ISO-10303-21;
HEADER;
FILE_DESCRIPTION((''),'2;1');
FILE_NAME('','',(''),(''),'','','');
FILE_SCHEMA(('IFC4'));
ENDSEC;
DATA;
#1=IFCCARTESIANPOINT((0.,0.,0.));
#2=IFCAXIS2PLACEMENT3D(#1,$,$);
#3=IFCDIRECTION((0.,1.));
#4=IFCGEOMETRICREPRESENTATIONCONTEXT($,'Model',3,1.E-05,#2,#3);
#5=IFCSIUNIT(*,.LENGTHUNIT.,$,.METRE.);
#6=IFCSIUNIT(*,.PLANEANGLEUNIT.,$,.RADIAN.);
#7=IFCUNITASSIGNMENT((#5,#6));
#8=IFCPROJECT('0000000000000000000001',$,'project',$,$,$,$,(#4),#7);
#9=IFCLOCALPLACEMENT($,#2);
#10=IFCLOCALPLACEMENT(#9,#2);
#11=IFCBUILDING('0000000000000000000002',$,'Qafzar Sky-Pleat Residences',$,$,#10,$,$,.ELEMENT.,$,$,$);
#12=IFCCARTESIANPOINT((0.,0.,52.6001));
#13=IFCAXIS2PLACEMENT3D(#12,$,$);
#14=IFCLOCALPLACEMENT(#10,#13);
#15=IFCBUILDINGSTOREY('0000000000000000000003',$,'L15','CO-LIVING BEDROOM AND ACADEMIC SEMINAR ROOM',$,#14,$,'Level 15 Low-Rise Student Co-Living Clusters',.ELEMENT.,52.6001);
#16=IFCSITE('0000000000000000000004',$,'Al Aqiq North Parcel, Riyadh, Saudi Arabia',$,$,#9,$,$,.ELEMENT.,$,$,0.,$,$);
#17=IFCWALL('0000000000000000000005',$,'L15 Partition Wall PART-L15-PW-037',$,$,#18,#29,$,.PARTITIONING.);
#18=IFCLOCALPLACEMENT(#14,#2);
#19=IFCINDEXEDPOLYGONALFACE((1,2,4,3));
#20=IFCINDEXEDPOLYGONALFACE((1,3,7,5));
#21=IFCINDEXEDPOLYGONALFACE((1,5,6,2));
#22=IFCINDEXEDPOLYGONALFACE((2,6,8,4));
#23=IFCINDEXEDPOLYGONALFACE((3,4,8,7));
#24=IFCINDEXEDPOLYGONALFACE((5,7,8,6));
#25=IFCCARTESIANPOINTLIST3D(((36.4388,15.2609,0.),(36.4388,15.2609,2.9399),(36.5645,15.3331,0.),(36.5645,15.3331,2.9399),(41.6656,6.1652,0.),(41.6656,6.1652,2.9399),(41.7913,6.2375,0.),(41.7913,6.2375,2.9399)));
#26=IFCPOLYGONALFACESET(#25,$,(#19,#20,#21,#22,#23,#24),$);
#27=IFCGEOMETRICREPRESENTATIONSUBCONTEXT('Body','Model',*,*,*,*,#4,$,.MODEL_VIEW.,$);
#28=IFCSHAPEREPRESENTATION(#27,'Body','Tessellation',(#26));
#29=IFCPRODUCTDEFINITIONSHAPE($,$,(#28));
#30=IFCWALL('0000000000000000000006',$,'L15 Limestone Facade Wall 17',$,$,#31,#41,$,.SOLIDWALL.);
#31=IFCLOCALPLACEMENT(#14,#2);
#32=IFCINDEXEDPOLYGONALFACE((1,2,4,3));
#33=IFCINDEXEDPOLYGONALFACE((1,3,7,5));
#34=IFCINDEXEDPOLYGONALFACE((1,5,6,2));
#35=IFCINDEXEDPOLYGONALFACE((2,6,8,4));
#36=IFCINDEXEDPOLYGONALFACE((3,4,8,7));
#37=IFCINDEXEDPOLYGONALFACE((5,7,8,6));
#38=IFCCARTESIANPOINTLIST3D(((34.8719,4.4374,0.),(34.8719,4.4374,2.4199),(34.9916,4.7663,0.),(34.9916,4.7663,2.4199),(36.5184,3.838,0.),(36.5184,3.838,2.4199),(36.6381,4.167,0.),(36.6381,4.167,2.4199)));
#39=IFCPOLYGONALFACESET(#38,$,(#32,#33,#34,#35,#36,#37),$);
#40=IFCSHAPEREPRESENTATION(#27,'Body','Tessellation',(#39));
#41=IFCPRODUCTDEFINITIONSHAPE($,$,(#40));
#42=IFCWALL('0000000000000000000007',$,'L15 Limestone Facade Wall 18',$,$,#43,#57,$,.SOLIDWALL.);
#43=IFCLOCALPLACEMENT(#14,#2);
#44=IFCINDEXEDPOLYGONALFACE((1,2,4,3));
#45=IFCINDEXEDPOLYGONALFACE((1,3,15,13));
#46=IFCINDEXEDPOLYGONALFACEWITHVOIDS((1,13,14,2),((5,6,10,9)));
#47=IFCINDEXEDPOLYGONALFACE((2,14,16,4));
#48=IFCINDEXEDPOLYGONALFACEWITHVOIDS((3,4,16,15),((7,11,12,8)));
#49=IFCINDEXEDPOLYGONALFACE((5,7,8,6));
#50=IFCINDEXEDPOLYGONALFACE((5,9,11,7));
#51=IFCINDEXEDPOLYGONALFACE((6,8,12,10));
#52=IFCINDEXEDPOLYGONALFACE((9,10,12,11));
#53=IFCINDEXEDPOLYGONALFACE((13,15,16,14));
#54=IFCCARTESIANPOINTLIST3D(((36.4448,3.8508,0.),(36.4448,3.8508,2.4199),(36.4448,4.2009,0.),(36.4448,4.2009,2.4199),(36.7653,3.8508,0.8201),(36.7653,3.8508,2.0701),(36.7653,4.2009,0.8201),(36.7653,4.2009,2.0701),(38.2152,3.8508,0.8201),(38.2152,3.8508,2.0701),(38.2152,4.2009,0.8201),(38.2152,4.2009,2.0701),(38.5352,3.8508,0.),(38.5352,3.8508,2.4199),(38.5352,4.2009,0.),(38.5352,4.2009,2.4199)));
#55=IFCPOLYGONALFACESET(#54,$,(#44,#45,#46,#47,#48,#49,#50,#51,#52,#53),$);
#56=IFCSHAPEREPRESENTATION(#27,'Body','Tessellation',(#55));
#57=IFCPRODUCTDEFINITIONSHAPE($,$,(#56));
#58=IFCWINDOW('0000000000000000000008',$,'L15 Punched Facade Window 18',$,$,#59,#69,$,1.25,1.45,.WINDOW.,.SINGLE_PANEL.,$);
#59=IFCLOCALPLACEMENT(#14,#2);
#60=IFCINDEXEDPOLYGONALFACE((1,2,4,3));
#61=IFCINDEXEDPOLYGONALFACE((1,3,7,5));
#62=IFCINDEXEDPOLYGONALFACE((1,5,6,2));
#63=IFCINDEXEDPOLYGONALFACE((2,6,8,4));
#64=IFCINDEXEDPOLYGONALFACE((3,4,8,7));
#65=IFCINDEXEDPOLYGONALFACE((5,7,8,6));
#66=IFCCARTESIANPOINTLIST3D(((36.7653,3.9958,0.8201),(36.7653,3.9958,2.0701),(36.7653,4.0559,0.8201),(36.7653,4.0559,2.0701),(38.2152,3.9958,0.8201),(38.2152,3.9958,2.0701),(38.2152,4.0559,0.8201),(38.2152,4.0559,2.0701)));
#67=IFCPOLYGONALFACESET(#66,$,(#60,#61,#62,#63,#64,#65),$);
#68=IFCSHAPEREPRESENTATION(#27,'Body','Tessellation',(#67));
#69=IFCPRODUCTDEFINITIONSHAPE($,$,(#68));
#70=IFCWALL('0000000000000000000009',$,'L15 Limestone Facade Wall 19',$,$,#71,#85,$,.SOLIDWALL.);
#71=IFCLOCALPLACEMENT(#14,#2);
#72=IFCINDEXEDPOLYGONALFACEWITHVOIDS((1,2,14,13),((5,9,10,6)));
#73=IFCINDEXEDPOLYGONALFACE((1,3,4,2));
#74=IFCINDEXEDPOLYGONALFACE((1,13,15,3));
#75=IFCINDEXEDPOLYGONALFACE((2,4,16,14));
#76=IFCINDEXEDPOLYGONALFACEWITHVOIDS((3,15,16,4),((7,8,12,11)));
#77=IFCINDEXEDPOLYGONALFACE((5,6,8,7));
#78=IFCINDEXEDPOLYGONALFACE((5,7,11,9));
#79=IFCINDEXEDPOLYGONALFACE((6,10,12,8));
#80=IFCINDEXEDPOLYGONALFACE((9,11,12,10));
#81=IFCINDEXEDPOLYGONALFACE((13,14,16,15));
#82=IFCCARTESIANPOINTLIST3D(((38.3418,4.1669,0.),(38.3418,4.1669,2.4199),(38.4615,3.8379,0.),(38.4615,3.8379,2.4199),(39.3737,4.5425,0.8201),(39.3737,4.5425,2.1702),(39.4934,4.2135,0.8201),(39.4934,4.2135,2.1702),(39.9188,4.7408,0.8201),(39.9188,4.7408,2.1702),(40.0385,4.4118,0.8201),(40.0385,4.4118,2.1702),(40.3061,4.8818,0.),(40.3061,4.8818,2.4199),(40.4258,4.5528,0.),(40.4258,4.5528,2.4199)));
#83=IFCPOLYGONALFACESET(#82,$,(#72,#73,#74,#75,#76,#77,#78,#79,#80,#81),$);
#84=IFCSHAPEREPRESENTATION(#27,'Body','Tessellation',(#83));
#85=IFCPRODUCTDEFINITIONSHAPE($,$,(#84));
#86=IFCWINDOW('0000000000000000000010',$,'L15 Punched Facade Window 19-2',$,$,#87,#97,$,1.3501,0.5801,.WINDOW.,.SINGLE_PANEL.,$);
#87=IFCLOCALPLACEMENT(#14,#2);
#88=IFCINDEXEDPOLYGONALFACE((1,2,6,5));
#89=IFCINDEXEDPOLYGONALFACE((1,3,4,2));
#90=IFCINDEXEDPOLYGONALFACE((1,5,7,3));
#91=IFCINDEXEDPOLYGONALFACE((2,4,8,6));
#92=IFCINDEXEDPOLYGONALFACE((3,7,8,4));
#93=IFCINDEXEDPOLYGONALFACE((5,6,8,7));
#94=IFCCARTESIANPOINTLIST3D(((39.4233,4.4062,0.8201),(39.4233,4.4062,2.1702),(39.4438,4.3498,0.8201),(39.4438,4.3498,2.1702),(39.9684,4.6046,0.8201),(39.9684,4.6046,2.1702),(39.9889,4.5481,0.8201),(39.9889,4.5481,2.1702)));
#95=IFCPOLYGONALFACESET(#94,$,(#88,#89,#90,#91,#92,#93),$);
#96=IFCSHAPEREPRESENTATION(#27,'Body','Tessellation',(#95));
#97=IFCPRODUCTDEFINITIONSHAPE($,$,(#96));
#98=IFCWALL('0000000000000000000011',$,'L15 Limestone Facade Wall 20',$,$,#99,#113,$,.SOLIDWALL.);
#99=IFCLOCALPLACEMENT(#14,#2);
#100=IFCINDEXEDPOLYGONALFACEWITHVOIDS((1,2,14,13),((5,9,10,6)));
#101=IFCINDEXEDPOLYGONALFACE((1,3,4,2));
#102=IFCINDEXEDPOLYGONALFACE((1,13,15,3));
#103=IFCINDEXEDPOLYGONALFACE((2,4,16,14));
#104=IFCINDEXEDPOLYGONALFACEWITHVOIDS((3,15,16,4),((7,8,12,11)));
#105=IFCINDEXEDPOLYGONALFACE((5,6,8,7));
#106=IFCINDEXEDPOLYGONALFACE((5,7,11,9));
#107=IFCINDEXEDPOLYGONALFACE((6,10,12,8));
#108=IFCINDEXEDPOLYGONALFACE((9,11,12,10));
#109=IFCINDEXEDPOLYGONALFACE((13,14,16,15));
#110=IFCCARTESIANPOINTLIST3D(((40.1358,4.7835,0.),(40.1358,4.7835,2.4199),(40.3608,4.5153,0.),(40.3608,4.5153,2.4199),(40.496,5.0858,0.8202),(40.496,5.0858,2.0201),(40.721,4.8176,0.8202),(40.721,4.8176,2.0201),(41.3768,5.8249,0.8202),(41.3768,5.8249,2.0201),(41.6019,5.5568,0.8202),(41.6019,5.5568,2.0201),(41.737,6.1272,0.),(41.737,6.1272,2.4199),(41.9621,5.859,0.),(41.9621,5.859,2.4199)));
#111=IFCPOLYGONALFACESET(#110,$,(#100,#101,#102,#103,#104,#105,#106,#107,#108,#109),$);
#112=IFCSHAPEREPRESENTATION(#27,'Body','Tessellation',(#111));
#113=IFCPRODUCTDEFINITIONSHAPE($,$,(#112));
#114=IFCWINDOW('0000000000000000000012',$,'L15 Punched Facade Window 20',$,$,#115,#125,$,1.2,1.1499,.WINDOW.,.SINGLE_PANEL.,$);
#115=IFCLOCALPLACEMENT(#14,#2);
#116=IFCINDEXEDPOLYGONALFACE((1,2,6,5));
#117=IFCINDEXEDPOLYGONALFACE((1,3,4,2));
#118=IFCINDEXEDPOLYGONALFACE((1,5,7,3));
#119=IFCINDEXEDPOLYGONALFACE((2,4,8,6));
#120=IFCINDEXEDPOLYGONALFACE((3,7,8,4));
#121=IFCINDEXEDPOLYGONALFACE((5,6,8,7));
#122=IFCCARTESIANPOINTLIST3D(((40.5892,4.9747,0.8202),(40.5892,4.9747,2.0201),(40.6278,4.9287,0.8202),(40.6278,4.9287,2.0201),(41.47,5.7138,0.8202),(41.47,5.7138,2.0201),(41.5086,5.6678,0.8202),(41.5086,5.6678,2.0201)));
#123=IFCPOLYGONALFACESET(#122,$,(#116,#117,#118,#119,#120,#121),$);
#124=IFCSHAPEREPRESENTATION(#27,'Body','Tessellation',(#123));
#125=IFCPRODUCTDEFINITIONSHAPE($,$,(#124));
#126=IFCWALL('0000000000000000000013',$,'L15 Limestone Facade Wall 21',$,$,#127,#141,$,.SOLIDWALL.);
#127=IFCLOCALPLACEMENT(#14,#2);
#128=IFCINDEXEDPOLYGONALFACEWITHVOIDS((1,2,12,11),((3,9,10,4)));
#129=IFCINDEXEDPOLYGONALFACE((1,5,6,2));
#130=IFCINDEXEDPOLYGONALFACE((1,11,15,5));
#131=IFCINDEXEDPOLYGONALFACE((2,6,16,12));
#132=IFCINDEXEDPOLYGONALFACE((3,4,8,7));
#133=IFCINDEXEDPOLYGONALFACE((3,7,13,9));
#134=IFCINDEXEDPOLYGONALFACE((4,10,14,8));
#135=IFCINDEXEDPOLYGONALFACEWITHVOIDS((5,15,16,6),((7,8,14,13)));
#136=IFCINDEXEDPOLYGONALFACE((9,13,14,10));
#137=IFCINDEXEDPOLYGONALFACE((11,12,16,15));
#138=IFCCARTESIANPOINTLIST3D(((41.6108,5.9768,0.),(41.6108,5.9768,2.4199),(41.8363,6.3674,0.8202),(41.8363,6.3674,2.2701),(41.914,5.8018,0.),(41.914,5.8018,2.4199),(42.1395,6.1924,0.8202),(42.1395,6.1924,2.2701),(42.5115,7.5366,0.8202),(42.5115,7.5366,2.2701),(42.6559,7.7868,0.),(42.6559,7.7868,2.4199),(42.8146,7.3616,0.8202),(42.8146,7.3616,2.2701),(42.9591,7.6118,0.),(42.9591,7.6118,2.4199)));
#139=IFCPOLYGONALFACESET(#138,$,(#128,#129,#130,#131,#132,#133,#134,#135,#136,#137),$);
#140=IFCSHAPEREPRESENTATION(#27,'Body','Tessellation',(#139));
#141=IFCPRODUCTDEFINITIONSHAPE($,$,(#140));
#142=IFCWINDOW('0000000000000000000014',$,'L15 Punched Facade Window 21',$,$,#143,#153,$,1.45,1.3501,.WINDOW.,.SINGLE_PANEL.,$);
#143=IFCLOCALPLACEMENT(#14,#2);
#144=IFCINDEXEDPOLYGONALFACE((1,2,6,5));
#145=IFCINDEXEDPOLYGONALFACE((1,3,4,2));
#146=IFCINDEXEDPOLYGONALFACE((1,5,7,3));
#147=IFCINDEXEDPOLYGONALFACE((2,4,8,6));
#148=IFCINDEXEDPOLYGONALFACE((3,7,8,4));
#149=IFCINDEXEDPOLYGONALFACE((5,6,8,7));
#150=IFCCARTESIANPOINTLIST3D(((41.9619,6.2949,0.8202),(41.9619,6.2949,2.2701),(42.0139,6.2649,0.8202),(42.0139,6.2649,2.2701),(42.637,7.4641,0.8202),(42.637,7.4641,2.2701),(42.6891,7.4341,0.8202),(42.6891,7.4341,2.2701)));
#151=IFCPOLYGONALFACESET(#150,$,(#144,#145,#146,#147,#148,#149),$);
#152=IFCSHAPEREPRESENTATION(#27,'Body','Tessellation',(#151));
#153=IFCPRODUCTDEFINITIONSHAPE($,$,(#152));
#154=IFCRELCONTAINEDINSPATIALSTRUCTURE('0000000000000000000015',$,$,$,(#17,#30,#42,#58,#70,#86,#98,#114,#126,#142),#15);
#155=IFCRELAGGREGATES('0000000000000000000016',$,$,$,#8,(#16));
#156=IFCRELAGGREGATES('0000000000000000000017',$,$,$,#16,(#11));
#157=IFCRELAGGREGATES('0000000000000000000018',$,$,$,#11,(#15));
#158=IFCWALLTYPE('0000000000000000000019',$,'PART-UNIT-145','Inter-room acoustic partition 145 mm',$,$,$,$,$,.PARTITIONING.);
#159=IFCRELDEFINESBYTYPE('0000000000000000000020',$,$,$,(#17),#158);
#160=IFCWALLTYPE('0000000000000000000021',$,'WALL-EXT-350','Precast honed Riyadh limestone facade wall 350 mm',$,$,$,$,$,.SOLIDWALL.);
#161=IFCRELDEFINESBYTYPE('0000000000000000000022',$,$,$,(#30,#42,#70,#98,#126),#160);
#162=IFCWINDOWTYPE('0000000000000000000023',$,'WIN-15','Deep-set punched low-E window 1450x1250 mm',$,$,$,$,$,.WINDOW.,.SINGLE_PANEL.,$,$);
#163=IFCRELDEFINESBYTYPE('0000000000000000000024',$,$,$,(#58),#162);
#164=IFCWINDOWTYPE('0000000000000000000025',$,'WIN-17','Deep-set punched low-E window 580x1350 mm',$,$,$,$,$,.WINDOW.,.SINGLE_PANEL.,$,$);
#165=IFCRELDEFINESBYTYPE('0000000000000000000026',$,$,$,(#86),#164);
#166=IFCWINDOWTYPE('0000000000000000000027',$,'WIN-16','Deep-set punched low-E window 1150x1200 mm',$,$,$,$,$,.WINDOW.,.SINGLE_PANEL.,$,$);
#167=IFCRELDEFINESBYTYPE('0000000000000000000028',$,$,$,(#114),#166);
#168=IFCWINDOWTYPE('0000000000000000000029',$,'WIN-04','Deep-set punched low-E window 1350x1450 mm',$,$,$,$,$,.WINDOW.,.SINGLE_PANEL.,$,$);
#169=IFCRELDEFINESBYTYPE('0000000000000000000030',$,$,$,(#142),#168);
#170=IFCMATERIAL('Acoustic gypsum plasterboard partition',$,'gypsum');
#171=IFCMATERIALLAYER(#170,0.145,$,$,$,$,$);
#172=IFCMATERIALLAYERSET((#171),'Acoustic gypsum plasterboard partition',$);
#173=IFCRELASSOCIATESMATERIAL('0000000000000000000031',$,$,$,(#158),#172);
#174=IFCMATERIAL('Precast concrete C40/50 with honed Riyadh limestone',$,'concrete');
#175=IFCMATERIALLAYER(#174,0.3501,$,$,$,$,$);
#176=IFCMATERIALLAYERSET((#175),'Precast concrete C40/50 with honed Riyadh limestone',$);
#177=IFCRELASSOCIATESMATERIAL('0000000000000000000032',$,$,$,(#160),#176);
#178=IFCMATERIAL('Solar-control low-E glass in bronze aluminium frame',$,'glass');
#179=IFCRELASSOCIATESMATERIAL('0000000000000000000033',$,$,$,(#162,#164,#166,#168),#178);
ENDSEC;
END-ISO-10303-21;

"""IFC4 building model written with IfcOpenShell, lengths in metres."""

from ifc_helpers import new_model, si_unit, direction, frame, frame_2d, origin, place, context, subcontext, project, spatial, rectangle, extrude, source, transform, mapped, material, layer, layer_set, type_object, element, fill, save


model = new_model("IFC4")

# Units and contexts
model_context = context("Model", 3, precision=1e-05, world=origin(), true_north=direction((0.0, 1.0)))
body_context = subcontext(model_context, "Body", "Model", "MODEL_VIEW")
ifc_project = project(units=[si_unit("LENGTHUNIT", "METRE"), si_unit("PLANEANGLEUNIT", "RADIAN")], contexts=[model_context])

# Site, building, storey
site_placement = place(None, origin())
site = spatial("IfcSite", under=ifc_project, at=site_placement, Name="Al Aqiq North Parcel, Riyadh, Saudi Arabia", CompositionType="ELEMENT", RefElevation=0.0)
building_placement = place(site_placement, origin())
building = spatial("IfcBuilding", under=site, at=building_placement, Name="Qafzar Sky-Pleat Residences", CompositionType="ELEMENT")
storey_placement = place(building_placement, frame((0.0, 0.0, 52.6001)))
storey = spatial("IfcBuildingStorey", under=building, at=storey_placement, Name="L15", Description="CO-LIVING BEDROOM AND ACADEMIC SEMINAR ROOM", LongName="Level 15 Low-Rise Student Co-Living Clusters", CompositionType="ELEMENT", Elevation=52.6001)

# Shared definitions
ifc_material_1 = material(Name="Acoustic gypsum plasterboard partition", Category="gypsum")

# Walls
ifc_layer_1 = layer(ifc_material_1, 0.145)
ifc_layer_set_1 = layer_set([ifc_layer_1], Name="Acoustic gypsum plasterboard partition")
wall_type_1 = type_object("IfcWallType", Name="PART-UNIT-145", Description="Inter-room acoustic partition 145 mm", PredefinedType="PARTITIONING", material=ifc_layer_set_1)
wall_1_placement = place(storey_placement, frame((36.5017, 15.2969, 0.0), z_axis=(0.0, 0.0, 1.0), x_axis=(0.49824, -0.867039, 0.0)))
element("IfcWall", 1, at=wall_1_placement, inside=storey, type_object=wall_type_1, Name="L15 Partition Wall PART-L15-PW-037", PredefinedType="PARTITIONING", context=body_context, shape_type="SweptSolid", body=[
    extrude(rectangle(XDim=10.4905, YDim=0.145, at=frame_2d((5.2451, 0.0))), origin(), (0.0, 0.0, 1.0), 2.9399),
])
ifc_material_2 = material(Name="Precast concrete C40/50 with honed Riyadh limestone", Category="concrete")
ifc_layer_2 = layer(ifc_material_2, 0.3501)
ifc_layer_set_2 = layer_set([ifc_layer_2], Name="Precast concrete C40/50 with honed Riyadh limestone")
wall_type_2 = type_object("IfcWallType", Name="WALL-EXT-350", Description="Precast honed Riyadh limestone facade wall 350 mm", PredefinedType="SOLIDWALL", material=ifc_layer_set_2)
wall_2_placement = place(storey_placement, frame((34.9319, 4.6018, 0.0), z_axis=(0.0, 0.0, 1.0), x_axis=(0.939675, -0.342067, 0.0)))
element("IfcWall", 2, at=wall_2_placement, inside=storey, type_object=wall_type_2, Name="L15 Limestone Facade Wall 17", PredefinedType="SOLIDWALL", context=body_context, shape_type="SweptSolid", body=[
    extrude(rectangle(XDim=1.7522, YDim=0.3501, at=frame_2d((0.876, 0.0))), origin(), (0.0, 0.0, 1.0), 2.4199),
])

# Walls, openings, windows
wall_3_placement = place(storey_placement, frame((36.4448, 4.0259, 0.0), z_axis=(0.0, 0.0, 1.0), x_axis=(1.0, 0.0, 0.0)))
wall_3 = element("IfcWall", 3, at=wall_3_placement, inside=storey, type_object=wall_type_2, Name="L15 Limestone Facade Wall 18", PredefinedType="SOLIDWALL", context=body_context, shape_type="SweptSolid", body=[
    extrude(rectangle(XDim=2.0903, YDim=0.3501, at=frame_2d((1.0452, 0.0))), origin(), (0.0, 0.0, 1.0), 2.4199),
])
opening_1_placement = place(wall_3_placement, frame((0.3203, 0.0, 0.8201)))
opening_1 = element("IfcOpeningElement", 4, at=opening_1_placement, cuts=wall_3, PredefinedType="OPENING", context=body_context, shape_type="SweptSolid", body=[
    extrude(rectangle(XDim=1.45, YDim=1.25, at=frame_2d((0.7251, 0.625))), frame((0.0, 0.1851, 0.0), z_axis=(0.0, -1.0, 0.0), x_axis=(1.0, 0.0, 0.0)), (0.0, 0.0, 1.0), 0.3701),
])
ifc_material_3 = material(Name="Solar-control low-E glass in bronze aluminium frame", Category="glass")
window_type_1 = type_object("IfcWindowType", Name="WIN-15", Description="Deep-set punched low-E window 1450x1250 mm", PartitioningType="SINGLE_PANEL", PredefinedType="WINDOW", material=ifc_material_3)
shared_shape_1 = source(origin(), body_context, "Body", "SweptSolid", [
    extrude(rectangle(XDim=1.45, YDim=1.25, at=frame_2d((0.7251, 0.625))), frame((0.0, 0.03, 0.0), z_axis=(0.0, -1.0, 0.0), x_axis=(1.0, 0.0, 0.0)), (0.0, 0.0, 1.0), 0.0601),
])
window_1_placement = place(opening_1_placement, origin())
window_1 = element("IfcWindow", 5, at=window_1_placement, inside=storey, type_object=window_type_1, Name="L15 Punched Facade Window 18", OverallHeight=1.25, OverallWidth=1.45, PartitioningType="SINGLE_PANEL", PredefinedType="WINDOW", context=body_context, shape_type="MappedRepresentation", body=[
    mapped(shared_shape_1, transform((0.0, 0.0, 0.0), x_axis=(1.0, 0.0, 0.0), y_axis=(0.0, 1.0, 0.0), z_axis=(0.0, 0.0, 1.0), scale=1.0)),
])
fill(opening_1, window_1)
wall_4_placement = place(storey_placement, frame((38.4016, 4.0024, 0.0), z_axis=(0.0, 0.0, 1.0), x_axis=(0.939712, 0.341968, 0.0)))
wall_4 = element("IfcWall", 6, at=wall_4_placement, inside=storey, type_object=wall_type_2, Name="L15 Limestone Facade Wall 19", PredefinedType="SOLIDWALL", context=body_context, shape_type="SweptSolid", body=[
    extrude(rectangle(XDim=2.0903, YDim=0.3501, at=frame_2d((1.0452, 0.0))), origin(), (0.0, 0.0, 1.0), 2.4199),
])
opening_2_placement = place(wall_4_placement, frame((1.0981, 0.0, 0.8201)))
opening_2 = element("IfcOpeningElement", 7, at=opening_2_placement, cuts=wall_4, PredefinedType="OPENING", context=body_context, shape_type="SweptSolid", body=[
    extrude(rectangle(XDim=0.5801, YDim=1.3501, at=frame_2d((0.29, 0.675))), frame((0.0, 0.1851, 0.0), z_axis=(0.0, -1.0, 0.0), x_axis=(1.0, 0.0, 0.0)), (0.0, 0.0, 1.0), 0.3701),
])
window_type_2 = type_object("IfcWindowType", Name="WIN-17", Description="Deep-set punched low-E window 580x1350 mm", PartitioningType="SINGLE_PANEL", PredefinedType="WINDOW", material=ifc_material_3)
shared_shape_2 = source(origin(), body_context, "Body", "SweptSolid", [
    extrude(rectangle(XDim=0.5801, YDim=1.3501, at=frame_2d((0.29, 0.675))), frame((0.0, 0.03, 0.0), z_axis=(0.0, -1.0, 0.0), x_axis=(1.0, 0.0, 0.0)), (0.0, 0.0, 1.0), 0.0601),
])
window_2_placement = place(opening_2_placement, origin())
window_2 = element("IfcWindow", 8, at=window_2_placement, inside=storey, type_object=window_type_2, Name="L15 Punched Facade Window 19-2", OverallHeight=1.3501, OverallWidth=0.5801, PartitioningType="SINGLE_PANEL", PredefinedType="WINDOW", context=body_context, shape_type="MappedRepresentation", body=[
    mapped(shared_shape_2, transform((0.0, 0.0, 0.0), x_axis=(1.0, 0.0, 0.0), y_axis=(0.0, 1.0, 0.0), z_axis=(0.0, 0.0, 1.0), scale=1.0)),
])
fill(opening_2, window_2)
wall_5_placement = place(storey_placement, frame((40.2483, 4.6494, 0.0), z_axis=(0.0, 0.0, 1.0), x_axis=(0.766025, 0.642811, 0.0)))
wall_5 = element("IfcWall", 9, at=wall_5_placement, inside=storey, type_object=wall_type_2, Name="L15 Limestone Facade Wall 20", PredefinedType="SOLIDWALL", context=body_context, shape_type="SweptSolid", body=[
    extrude(rectangle(XDim=2.0903, YDim=0.3501, at=frame_2d((1.0452, 0.0))), origin(), (0.0, 0.0, 1.0), 2.4199),
])
opening_3_placement = place(wall_5_placement, frame((0.4702, 0.0, 0.8201)))
opening_3 = element("IfcOpeningElement", 10, at=opening_3_placement, cuts=wall_5, PredefinedType="OPENING", context=body_context, shape_type="SweptSolid", body=[
    extrude(rectangle(XDim=1.1499, YDim=1.2, at=frame_2d((0.575, 0.6001))), frame((0.0, 0.1851, 0.0), z_axis=(0.0, -1.0, 0.0), x_axis=(1.0, 0.0, 0.0)), (0.0, 0.0, 1.0), 0.3701),
])
window_type_3 = type_object("IfcWindowType", Name="WIN-16", Description="Deep-set punched low-E window 1150x1200 mm", PartitioningType="SINGLE_PANEL", PredefinedType="WINDOW", material=ifc_material_3)
shared_shape_3 = source(origin(), body_context, "Body", "SweptSolid", [
    extrude(rectangle(XDim=1.1499, YDim=1.2, at=frame_2d((0.575, 0.6001))), frame((0.0, 0.03, 0.0), z_axis=(0.0, -1.0, 0.0), x_axis=(1.0, 0.0, 0.0)), (0.0, 0.0, 1.0), 0.0601),
])
window_3_placement = place(opening_3_placement, origin())
window_3 = element("IfcWindow", 11, at=window_3_placement, inside=storey, type_object=window_type_3, Name="L15 Punched Facade Window 20", OverallHeight=1.2, OverallWidth=1.1499, PartitioningType="SINGLE_PANEL", PredefinedType="WINDOW", context=body_context, shape_type="MappedRepresentation", body=[
    mapped(shared_shape_3, transform((0.0, 0.0, 0.0), x_axis=(1.0, 0.0, 0.0), y_axis=(0.0, 1.0, 0.0), z_axis=(0.0, 0.0, 1.0), scale=1.0)),
])
fill(opening_3, window_3)
wall_6_placement = place(storey_placement, frame((41.7625, 5.8894, 0.0), z_axis=(0.0, 0.0, 1.0), x_axis=(0.500046, 0.865999, 0.0)))
wall_6 = element("IfcWall", 12, at=wall_6_placement, inside=storey, type_object=wall_type_2, Name="L15 Limestone Facade Wall 21", PredefinedType="SOLIDWALL", context=body_context, shape_type="SweptSolid", body=[
    extrude(rectangle(XDim=2.0901, YDim=0.3501, at=frame_2d((1.0449, 0.0))), origin(), (0.0, 0.0, 1.0), 2.4199),
])
opening_4_placement = place(wall_6_placement, frame((0.4509, 0.0, 0.8201)))
opening_4 = element("IfcOpeningElement", 13, at=opening_4_placement, cuts=wall_6, PredefinedType="OPENING", context=body_context, shape_type="SweptSolid", body=[
    extrude(rectangle(XDim=1.3501, YDim=1.45, at=frame_2d((0.675, 0.7251))), frame((0.0, 0.1851, 0.0), z_axis=(0.0, -1.0, 0.0), x_axis=(1.0, 0.0, 0.0)), (0.0, 0.0, 1.0), 0.3701),
])
window_type_4 = type_object("IfcWindowType", Name="WIN-04", Description="Deep-set punched low-E window 1350x1450 mm", PartitioningType="SINGLE_PANEL", PredefinedType="WINDOW", material=ifc_material_3)
shared_shape_4 = source(origin(), body_context, "Body", "SweptSolid", [
    extrude(rectangle(XDim=1.3501, YDim=1.45, at=frame_2d((0.675, 0.7251))), frame((0.0, 0.03, 0.0), z_axis=(0.0, -1.0, 0.0), x_axis=(1.0, 0.0, 0.0)), (0.0, 0.0, 1.0), 0.0601),
])
window_4_placement = place(opening_4_placement, origin())
window_4 = element("IfcWindow", 14, at=window_4_placement, inside=storey, type_object=window_type_4, Name="L15 Punched Facade Window 21", OverallHeight=1.45, OverallWidth=1.3501, PartitioningType="SINGLE_PANEL", PredefinedType="WINDOW", context=body_context, shape_type="MappedRepresentation", body=[
    mapped(shared_shape_4, transform((0.0, 0.0, 0.0), x_axis=(1.0, 0.0, 0.0), y_axis=(0.0, 1.0, 0.0), z_axis=(0.0, 0.0, 1.0), scale=1.0)),
])
fill(opening_4, window_4)

save(model, "model.ifc")
